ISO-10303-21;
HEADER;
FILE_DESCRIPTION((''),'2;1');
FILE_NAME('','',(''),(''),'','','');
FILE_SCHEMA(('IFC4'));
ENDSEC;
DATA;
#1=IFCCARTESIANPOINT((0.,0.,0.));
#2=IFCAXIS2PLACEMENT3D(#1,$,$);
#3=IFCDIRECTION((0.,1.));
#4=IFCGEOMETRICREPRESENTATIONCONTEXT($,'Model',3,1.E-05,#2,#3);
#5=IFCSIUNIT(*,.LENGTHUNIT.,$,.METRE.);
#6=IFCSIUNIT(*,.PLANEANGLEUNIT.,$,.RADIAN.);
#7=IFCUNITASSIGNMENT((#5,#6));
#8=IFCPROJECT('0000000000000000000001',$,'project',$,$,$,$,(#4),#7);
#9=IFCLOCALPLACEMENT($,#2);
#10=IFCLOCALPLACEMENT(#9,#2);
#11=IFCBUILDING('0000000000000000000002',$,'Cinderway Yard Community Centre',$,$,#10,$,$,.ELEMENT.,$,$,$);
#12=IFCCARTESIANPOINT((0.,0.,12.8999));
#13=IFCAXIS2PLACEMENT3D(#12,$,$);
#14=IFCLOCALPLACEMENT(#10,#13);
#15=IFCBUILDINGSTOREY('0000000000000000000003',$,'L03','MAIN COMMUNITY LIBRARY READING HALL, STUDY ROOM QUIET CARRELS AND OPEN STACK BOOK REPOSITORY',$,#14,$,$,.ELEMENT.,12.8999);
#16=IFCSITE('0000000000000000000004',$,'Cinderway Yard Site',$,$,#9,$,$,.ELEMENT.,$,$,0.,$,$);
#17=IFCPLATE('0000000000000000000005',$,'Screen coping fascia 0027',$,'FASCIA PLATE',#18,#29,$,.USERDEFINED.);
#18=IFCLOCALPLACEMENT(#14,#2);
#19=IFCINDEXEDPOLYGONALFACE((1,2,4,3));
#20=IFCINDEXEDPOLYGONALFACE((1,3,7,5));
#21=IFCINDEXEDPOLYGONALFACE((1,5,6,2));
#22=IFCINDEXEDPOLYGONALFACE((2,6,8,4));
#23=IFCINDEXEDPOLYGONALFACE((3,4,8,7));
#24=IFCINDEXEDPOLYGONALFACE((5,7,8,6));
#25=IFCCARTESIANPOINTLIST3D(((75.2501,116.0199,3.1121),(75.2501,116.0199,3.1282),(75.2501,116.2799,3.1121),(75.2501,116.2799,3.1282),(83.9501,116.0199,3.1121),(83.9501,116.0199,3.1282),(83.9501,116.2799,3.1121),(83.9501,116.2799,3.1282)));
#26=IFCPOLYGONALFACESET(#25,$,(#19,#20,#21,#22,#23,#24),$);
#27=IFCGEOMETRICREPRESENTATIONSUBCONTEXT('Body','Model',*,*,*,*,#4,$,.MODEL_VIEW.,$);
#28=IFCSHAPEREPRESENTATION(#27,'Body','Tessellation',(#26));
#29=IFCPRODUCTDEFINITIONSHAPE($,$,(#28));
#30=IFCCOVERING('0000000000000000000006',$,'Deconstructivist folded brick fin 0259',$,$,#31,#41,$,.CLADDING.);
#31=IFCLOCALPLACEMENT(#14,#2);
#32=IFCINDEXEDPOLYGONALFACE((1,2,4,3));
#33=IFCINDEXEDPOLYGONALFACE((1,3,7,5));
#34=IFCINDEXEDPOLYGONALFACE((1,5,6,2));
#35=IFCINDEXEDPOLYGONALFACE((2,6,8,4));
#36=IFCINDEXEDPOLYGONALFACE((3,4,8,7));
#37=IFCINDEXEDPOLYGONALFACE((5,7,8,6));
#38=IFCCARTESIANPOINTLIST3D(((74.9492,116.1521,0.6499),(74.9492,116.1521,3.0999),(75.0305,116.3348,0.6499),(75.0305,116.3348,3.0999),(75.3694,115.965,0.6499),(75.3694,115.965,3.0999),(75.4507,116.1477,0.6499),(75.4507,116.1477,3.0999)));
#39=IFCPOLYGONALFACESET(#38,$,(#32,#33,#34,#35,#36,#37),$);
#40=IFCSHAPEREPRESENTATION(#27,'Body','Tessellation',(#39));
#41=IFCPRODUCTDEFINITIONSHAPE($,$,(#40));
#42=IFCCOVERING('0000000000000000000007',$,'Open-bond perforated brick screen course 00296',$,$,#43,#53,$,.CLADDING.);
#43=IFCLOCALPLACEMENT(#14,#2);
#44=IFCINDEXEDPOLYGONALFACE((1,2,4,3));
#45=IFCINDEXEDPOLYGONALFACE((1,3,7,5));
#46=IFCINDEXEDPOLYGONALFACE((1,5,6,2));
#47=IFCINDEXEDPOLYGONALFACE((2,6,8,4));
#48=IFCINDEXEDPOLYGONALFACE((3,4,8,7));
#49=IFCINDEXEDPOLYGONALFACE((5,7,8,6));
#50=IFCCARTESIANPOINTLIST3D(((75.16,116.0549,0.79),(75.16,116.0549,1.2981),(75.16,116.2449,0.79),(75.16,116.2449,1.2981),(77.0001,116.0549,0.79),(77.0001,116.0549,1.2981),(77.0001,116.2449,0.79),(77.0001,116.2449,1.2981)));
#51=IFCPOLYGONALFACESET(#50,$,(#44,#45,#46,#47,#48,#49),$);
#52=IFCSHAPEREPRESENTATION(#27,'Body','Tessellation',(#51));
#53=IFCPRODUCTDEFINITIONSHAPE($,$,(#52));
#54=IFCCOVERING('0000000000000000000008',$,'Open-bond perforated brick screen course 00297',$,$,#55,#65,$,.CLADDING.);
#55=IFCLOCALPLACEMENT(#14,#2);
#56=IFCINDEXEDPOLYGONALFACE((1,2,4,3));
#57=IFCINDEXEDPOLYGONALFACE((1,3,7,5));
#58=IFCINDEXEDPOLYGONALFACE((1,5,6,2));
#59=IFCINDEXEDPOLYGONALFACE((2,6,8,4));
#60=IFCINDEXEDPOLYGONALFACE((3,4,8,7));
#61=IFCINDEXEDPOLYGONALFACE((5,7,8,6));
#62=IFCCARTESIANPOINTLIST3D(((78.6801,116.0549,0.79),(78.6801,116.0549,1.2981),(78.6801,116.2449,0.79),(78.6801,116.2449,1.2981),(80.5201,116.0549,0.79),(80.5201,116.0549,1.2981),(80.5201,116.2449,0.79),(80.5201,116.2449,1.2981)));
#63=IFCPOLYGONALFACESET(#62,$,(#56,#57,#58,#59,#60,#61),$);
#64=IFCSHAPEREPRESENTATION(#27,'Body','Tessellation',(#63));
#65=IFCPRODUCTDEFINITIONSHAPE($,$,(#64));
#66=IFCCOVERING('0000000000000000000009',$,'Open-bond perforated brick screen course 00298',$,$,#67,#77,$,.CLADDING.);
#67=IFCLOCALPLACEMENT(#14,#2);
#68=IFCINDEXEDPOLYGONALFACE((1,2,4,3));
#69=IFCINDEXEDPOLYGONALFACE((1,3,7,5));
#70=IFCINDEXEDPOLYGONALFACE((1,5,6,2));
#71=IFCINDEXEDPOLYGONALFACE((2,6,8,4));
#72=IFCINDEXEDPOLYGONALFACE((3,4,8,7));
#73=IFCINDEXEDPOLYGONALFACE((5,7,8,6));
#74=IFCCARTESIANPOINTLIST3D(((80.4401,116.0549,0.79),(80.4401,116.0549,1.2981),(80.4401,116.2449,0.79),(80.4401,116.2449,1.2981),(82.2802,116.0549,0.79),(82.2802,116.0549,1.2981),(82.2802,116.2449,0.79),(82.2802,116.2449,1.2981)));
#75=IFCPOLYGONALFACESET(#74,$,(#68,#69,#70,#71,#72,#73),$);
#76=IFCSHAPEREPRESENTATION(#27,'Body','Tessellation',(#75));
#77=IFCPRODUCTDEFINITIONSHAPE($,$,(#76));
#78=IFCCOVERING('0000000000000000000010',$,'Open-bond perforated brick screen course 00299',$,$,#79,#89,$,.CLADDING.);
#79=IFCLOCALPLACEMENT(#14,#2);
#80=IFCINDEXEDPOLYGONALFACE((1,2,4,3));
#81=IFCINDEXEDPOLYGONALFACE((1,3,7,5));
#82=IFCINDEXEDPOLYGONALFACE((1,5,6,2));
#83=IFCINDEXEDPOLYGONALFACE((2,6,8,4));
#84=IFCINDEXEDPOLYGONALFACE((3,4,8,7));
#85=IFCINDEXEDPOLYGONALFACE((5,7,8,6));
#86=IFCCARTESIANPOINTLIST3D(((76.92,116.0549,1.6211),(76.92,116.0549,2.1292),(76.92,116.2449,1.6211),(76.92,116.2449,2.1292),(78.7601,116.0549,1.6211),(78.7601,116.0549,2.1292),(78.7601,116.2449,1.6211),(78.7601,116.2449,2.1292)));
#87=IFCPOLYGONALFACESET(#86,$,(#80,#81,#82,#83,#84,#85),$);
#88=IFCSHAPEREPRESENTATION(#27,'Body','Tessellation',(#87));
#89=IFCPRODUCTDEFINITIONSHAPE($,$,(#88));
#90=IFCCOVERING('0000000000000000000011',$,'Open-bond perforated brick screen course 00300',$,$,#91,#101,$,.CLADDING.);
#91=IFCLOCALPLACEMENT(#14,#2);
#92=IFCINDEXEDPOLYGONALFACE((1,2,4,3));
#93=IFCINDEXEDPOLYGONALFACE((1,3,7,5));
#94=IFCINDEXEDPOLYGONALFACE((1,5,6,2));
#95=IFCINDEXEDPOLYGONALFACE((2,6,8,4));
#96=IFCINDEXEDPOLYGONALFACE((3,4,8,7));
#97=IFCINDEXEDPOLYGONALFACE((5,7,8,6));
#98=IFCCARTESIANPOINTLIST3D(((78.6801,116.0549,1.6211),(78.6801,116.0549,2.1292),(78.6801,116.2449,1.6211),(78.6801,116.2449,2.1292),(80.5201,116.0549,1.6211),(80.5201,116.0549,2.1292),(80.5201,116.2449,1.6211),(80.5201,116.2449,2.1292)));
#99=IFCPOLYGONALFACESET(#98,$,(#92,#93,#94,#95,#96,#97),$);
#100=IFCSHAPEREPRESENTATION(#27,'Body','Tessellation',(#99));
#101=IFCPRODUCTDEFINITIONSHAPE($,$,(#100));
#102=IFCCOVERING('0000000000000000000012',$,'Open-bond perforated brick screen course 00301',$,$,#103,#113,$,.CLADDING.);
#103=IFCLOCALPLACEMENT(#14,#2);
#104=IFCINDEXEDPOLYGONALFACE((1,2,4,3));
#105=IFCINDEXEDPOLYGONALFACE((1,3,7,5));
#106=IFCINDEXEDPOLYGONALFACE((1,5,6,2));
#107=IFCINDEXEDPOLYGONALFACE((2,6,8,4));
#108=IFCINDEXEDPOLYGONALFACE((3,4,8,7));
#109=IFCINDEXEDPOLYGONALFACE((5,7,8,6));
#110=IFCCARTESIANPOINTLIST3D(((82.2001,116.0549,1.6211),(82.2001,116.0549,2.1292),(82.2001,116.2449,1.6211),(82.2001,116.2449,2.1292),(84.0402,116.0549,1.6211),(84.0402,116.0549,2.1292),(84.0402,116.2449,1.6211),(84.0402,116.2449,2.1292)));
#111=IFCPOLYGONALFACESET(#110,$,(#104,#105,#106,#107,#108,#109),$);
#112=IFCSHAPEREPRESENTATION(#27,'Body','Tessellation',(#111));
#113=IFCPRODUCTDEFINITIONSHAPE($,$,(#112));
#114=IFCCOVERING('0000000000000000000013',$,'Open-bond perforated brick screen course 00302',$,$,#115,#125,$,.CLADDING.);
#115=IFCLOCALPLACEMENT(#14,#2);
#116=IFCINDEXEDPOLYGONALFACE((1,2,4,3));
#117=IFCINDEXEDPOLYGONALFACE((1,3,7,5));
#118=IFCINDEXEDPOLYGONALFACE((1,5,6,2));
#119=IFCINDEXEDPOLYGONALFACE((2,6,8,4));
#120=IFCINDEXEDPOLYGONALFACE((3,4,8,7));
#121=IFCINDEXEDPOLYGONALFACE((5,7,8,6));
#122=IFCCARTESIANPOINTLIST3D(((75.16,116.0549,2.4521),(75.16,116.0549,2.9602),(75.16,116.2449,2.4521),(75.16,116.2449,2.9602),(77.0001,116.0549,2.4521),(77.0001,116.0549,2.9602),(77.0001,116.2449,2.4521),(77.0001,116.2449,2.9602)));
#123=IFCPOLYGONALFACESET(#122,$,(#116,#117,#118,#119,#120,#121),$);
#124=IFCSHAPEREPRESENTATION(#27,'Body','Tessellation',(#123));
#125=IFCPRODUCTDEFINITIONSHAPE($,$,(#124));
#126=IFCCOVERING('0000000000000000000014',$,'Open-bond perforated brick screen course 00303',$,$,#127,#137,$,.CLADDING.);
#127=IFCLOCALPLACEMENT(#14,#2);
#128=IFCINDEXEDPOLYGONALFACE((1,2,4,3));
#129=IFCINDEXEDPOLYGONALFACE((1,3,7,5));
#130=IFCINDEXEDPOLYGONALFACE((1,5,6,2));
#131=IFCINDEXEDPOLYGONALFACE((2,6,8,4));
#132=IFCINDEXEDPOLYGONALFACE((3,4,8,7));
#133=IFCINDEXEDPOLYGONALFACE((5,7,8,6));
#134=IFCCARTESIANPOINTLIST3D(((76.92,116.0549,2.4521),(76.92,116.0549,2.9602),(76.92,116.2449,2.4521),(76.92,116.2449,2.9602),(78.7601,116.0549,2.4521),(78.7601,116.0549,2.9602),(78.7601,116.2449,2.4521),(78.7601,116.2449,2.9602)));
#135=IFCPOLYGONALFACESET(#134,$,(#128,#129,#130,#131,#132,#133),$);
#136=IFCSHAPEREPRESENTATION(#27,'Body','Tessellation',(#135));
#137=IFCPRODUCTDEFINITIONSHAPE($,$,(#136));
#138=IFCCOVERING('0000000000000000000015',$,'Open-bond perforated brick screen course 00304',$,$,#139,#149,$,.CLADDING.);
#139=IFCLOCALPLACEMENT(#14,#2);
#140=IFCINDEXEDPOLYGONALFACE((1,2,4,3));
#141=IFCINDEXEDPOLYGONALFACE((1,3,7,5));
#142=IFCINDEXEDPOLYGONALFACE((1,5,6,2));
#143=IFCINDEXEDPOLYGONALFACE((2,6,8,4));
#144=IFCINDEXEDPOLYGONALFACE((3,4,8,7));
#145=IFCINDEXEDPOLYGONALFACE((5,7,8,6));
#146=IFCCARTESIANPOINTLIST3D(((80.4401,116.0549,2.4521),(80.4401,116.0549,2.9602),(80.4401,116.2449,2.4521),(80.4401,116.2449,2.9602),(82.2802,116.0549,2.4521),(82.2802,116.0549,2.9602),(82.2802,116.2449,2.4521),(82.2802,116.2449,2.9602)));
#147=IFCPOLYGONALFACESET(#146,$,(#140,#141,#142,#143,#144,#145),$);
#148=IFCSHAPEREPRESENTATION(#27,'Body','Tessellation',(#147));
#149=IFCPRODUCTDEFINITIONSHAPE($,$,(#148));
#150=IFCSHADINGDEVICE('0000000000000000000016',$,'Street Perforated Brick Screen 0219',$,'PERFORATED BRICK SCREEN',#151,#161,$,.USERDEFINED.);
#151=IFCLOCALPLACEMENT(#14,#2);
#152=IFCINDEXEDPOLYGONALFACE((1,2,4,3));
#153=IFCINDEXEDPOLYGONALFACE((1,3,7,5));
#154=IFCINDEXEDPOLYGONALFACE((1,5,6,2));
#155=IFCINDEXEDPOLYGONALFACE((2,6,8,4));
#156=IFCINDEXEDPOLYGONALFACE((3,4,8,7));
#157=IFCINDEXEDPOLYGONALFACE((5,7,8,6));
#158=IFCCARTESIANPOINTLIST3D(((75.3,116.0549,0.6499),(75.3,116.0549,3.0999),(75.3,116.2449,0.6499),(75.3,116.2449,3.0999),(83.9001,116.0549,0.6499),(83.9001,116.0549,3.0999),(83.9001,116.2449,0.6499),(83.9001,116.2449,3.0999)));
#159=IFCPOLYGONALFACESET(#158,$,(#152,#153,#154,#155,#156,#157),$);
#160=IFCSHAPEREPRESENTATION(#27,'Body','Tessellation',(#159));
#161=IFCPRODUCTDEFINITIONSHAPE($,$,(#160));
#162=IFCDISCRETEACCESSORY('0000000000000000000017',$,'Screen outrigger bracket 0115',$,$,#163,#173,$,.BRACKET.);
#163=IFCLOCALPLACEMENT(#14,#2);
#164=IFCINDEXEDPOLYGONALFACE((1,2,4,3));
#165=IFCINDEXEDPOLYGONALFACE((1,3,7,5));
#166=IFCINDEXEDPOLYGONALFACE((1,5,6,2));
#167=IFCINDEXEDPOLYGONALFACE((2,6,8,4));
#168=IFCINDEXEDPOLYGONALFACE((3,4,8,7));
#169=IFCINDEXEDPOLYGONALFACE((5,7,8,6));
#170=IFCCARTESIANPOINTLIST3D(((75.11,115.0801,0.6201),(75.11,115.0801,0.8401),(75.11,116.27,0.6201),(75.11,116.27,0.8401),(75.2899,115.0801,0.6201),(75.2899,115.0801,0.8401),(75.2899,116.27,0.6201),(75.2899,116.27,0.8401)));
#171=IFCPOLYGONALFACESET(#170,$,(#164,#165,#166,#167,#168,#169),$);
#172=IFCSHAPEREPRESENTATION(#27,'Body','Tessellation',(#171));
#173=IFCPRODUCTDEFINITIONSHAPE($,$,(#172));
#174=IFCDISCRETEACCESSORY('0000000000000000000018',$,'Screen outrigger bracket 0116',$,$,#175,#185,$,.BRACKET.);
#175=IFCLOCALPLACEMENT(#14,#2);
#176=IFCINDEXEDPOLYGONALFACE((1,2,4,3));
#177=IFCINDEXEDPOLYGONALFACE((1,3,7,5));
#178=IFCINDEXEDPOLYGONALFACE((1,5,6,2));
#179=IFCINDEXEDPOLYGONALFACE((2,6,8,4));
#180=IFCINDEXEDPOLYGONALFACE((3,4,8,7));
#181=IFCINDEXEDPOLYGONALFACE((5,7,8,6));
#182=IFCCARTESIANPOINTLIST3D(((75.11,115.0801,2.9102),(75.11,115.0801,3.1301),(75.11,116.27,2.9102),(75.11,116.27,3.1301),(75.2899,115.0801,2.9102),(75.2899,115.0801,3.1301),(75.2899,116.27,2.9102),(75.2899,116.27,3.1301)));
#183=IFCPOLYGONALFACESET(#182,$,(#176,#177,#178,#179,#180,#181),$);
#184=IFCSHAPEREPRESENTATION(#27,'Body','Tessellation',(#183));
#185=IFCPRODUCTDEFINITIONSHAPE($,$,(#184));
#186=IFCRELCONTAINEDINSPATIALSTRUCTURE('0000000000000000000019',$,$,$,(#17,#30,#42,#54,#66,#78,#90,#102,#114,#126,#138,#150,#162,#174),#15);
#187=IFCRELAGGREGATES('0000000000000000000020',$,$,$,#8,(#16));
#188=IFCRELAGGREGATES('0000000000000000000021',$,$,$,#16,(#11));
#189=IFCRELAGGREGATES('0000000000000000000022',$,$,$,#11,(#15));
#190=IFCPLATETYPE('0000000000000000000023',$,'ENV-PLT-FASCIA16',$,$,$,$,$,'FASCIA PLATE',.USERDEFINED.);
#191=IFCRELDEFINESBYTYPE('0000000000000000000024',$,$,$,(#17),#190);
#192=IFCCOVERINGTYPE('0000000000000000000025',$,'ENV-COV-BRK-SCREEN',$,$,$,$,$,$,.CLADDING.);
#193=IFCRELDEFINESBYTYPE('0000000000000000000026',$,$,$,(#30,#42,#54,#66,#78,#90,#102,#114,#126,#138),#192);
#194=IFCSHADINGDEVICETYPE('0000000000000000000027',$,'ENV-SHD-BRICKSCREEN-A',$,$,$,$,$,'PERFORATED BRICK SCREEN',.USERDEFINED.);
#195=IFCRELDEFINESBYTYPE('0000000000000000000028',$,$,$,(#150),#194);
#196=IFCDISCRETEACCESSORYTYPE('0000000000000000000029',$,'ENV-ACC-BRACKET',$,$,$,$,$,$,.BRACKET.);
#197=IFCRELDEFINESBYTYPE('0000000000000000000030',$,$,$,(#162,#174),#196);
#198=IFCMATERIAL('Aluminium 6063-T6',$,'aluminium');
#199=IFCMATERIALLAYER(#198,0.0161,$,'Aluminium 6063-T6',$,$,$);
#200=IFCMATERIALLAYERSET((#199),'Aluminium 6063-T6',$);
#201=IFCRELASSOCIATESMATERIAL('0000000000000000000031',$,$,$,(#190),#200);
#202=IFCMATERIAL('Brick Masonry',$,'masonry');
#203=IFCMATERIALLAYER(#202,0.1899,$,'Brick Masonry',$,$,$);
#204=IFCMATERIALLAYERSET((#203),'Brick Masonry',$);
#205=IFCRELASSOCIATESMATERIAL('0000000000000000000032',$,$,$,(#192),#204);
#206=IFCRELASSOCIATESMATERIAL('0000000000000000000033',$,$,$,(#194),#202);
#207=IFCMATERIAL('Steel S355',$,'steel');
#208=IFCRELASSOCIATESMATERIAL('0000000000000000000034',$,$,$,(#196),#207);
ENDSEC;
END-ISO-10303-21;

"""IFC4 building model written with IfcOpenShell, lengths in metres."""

from ifc_helpers import new_model, si_unit, direction, frame, origin, origin_2d, place, context, subcontext, project, spatial, rectangle, extrude, material, layer, layer_set, type_object, element, save


model = new_model("IFC4")

# Units and contexts
model_context = context("Model", 3, precision=1e-05, world=origin(), true_north=direction((0.0, 1.0)))
body_context = subcontext(model_context, "Body", "Model", "MODEL_VIEW")
ifc_project = project(units=[si_unit("LENGTHUNIT", "METRE"), si_unit("PLANEANGLEUNIT", "RADIAN")], contexts=[model_context])

# Site, building, storey
site_placement = place(None, origin())
site = spatial("IfcSite", under=ifc_project, at=site_placement, Name="Cinderway Yard Site", CompositionType="ELEMENT", RefElevation=0.0)
building_placement = place(site_placement, origin())
building = spatial("IfcBuilding", under=site, at=building_placement, Name="Cinderway Yard Community Centre", CompositionType="ELEMENT")
storey_placement = place(building_placement, frame((0.0, 0.0, 12.8999)))
storey = spatial("IfcBuildingStorey", under=building, at=storey_placement, Name="L03", Description="MAIN COMMUNITY LIBRARY READING HALL, STUDY ROOM QUIET CARRELS AND OPEN STACK BOOK REPOSITORY", CompositionType="ELEMENT", Elevation=12.8999)

# Shared definitions
ifc_material_1 = material(Name="Steel S355", Category="steel")

# Plate
ifc_material_2 = material(Name="Aluminium 6063-T6", Category="aluminium")
ifc_layer_1 = layer(ifc_material_2, 0.0161, Name="Aluminium 6063-T6")
ifc_layer_set_1 = layer_set([ifc_layer_1], Name="Aluminium 6063-T6")
plate_type = type_object("IfcPlateType", Name="ENV-PLT-FASCIA16", ElementType="FASCIA PLATE", PredefinedType="USERDEFINED", material=ifc_layer_set_1)
plate_placement = place(storey_placement, frame((79.6001, 116.1499, 3.1121), z_axis=(0.0, 0.0, 1.0), x_axis=(1.0, 0.0, 0.0)))
element("IfcPlate", 1, at=plate_placement, inside=storey, type_object=plate_type, Name="Screen coping fascia 0027", ObjectType="FASCIA PLATE", PredefinedType="USERDEFINED", context=body_context, shape_type="SweptSolid", body=[
    extrude(rectangle(XDim=8.7, YDim=0.26, at=origin_2d()), origin(), (0.0, 0.0, 1.0), 0.0161),
])

# Coverings
ifc_material_3 = material(Name="Brick Masonry", Category="masonry")
ifc_layer_2 = layer(ifc_material_3, 0.1899, Name="Brick Masonry")
ifc_layer_set_2 = layer_set([ifc_layer_2], Name="Brick Masonry")
covering_type = type_object("IfcCoveringType", Name="ENV-COV-BRK-SCREEN", PredefinedType="CLADDING", material=ifc_layer_set_2)
covering_placement = place(storey_placement, frame((75.2, 116.1499, 0.6499), z_axis=(0.0, 0.0, 1.0), x_axis=(0.913545, -0.406737, 0.0)))
element("IfcCovering", 2, at=covering_placement, inside=storey, type_object=covering_type, Name="Deconstructivist folded brick fin 0259", PredefinedType="CLADDING", context=body_context, shape_type="SweptSolid", body=[
    extrude(rectangle(XDim=0.46, YDim=0.2, at=origin_2d()), origin(), (0.0, 0.0, 1.0), 2.45),
])
for number, where, z_axis, x_axis, name in (
    (3, (76.0801, 116.1499, 0.79), (0.0, 0.0, 1.0), (1.0, 0.0, 0.0), "Open-bond perforated brick screen course 00296"),
    (4, (79.6001, 116.1499, 0.79), (0.0, 0.0, 1.0), (1.0, 0.0, 0.0), "Open-bond perforated brick screen course 00297"),
    (5, (81.3601, 116.1499, 0.79), (0.0, 0.0, 1.0), (1.0, 0.0, 0.0), "Open-bond perforated brick screen course 00298"),
    (6, (77.8401, 116.1499, 1.6211), (0.0, 0.0, 1.0), (1.0, 0.0, 0.0), "Open-bond perforated brick screen course 00299"),
    (7, (79.6001, 116.1499, 1.6211), (0.0, 0.0, 1.0), (1.0, 0.0, 0.0), "Open-bond perforated brick screen course 00300"),
    (8, (83.1201, 116.1499, 1.6211), (0.0, 0.0, 1.0), (1.0, 0.0, 0.0), "Open-bond perforated brick screen course 00301"),
    (9, (76.0801, 116.1499, 2.4521), (0.0, 0.0, 1.0), (1.0, 0.0, 0.0), "Open-bond perforated brick screen course 00302"),
    (10, (77.8401, 116.1499, 2.4521), (0.0, 0.0, 1.0), (1.0, 0.0, 0.0), "Open-bond perforated brick screen course 00303"),
    (11, (81.3601, 116.1499, 2.4521), (0.0, 0.0, 1.0), (1.0, 0.0, 0.0), "Open-bond perforated brick screen course 00304"),
):
    element("IfcCovering", number, at=place(storey_placement, frame(where, z_axis=z_axis, x_axis=x_axis)), inside=storey, type_object=covering_type, Name=name, PredefinedType="CLADDING", context=body_context, shape_type="SweptSolid", body=[
        extrude(rectangle(XDim=1.8401, YDim=0.1899, at=origin_2d()), origin(), (0.0, 0.0, 1.0), 0.5081),
    ])

# Shading device
shading_device_type = type_object("IfcShadingDeviceType", Name="ENV-SHD-BRICKSCREEN-A", ElementType="PERFORATED BRICK SCREEN", PredefinedType="USERDEFINED", material=ifc_material_3)
shading_device_placement = place(storey_placement, frame((79.6001, 116.1499, 0.6499), z_axis=(0.0, 0.0, 1.0), x_axis=(1.0, 0.0, 0.0)))
element("IfcShadingDevice", 12, at=shading_device_placement, inside=storey, type_object=shading_device_type, Name="Street Perforated Brick Screen 0219", ObjectType="PERFORATED BRICK SCREEN", PredefinedType="USERDEFINED", context=body_context, shape_type="SweptSolid", body=[
    extrude(rectangle(XDim=8.6001, YDim=0.1899, at=origin_2d()), origin(), (0.0, 0.0, 1.0), 2.45),
])

# Discrete accessories
discrete_accessory_type = type_object("IfcDiscreteAccessoryType", Name="ENV-ACC-BRACKET", PredefinedType="BRACKET", material=ifc_material_1)
for number, where, z_axis, x_axis, name in (
    (13, (75.2, 115.675, 0.6201), (0.0, 0.0, 1.0), (0.0, 1.0, 0.0), "Screen outrigger bracket 0115"),
    (14, (75.2, 115.675, 2.9102), (0.0, 0.0, 1.0), (0.0, 1.0, 0.0), "Screen outrigger bracket 0116"),
):
    element("IfcDiscreteAccessory", number, at=place(storey_placement, frame(where, z_axis=z_axis, x_axis=x_axis)), inside=storey, type_object=discrete_accessory_type, Name=name, PredefinedType="BRACKET", context=body_context, shape_type="SweptSolid", body=[
        extrude(rectangle(XDim=1.1899, YDim=0.1799, at=origin_2d()), origin(), (0.0, 0.0, 1.0), 0.22),
    ])

save(model, "model.ifc")
